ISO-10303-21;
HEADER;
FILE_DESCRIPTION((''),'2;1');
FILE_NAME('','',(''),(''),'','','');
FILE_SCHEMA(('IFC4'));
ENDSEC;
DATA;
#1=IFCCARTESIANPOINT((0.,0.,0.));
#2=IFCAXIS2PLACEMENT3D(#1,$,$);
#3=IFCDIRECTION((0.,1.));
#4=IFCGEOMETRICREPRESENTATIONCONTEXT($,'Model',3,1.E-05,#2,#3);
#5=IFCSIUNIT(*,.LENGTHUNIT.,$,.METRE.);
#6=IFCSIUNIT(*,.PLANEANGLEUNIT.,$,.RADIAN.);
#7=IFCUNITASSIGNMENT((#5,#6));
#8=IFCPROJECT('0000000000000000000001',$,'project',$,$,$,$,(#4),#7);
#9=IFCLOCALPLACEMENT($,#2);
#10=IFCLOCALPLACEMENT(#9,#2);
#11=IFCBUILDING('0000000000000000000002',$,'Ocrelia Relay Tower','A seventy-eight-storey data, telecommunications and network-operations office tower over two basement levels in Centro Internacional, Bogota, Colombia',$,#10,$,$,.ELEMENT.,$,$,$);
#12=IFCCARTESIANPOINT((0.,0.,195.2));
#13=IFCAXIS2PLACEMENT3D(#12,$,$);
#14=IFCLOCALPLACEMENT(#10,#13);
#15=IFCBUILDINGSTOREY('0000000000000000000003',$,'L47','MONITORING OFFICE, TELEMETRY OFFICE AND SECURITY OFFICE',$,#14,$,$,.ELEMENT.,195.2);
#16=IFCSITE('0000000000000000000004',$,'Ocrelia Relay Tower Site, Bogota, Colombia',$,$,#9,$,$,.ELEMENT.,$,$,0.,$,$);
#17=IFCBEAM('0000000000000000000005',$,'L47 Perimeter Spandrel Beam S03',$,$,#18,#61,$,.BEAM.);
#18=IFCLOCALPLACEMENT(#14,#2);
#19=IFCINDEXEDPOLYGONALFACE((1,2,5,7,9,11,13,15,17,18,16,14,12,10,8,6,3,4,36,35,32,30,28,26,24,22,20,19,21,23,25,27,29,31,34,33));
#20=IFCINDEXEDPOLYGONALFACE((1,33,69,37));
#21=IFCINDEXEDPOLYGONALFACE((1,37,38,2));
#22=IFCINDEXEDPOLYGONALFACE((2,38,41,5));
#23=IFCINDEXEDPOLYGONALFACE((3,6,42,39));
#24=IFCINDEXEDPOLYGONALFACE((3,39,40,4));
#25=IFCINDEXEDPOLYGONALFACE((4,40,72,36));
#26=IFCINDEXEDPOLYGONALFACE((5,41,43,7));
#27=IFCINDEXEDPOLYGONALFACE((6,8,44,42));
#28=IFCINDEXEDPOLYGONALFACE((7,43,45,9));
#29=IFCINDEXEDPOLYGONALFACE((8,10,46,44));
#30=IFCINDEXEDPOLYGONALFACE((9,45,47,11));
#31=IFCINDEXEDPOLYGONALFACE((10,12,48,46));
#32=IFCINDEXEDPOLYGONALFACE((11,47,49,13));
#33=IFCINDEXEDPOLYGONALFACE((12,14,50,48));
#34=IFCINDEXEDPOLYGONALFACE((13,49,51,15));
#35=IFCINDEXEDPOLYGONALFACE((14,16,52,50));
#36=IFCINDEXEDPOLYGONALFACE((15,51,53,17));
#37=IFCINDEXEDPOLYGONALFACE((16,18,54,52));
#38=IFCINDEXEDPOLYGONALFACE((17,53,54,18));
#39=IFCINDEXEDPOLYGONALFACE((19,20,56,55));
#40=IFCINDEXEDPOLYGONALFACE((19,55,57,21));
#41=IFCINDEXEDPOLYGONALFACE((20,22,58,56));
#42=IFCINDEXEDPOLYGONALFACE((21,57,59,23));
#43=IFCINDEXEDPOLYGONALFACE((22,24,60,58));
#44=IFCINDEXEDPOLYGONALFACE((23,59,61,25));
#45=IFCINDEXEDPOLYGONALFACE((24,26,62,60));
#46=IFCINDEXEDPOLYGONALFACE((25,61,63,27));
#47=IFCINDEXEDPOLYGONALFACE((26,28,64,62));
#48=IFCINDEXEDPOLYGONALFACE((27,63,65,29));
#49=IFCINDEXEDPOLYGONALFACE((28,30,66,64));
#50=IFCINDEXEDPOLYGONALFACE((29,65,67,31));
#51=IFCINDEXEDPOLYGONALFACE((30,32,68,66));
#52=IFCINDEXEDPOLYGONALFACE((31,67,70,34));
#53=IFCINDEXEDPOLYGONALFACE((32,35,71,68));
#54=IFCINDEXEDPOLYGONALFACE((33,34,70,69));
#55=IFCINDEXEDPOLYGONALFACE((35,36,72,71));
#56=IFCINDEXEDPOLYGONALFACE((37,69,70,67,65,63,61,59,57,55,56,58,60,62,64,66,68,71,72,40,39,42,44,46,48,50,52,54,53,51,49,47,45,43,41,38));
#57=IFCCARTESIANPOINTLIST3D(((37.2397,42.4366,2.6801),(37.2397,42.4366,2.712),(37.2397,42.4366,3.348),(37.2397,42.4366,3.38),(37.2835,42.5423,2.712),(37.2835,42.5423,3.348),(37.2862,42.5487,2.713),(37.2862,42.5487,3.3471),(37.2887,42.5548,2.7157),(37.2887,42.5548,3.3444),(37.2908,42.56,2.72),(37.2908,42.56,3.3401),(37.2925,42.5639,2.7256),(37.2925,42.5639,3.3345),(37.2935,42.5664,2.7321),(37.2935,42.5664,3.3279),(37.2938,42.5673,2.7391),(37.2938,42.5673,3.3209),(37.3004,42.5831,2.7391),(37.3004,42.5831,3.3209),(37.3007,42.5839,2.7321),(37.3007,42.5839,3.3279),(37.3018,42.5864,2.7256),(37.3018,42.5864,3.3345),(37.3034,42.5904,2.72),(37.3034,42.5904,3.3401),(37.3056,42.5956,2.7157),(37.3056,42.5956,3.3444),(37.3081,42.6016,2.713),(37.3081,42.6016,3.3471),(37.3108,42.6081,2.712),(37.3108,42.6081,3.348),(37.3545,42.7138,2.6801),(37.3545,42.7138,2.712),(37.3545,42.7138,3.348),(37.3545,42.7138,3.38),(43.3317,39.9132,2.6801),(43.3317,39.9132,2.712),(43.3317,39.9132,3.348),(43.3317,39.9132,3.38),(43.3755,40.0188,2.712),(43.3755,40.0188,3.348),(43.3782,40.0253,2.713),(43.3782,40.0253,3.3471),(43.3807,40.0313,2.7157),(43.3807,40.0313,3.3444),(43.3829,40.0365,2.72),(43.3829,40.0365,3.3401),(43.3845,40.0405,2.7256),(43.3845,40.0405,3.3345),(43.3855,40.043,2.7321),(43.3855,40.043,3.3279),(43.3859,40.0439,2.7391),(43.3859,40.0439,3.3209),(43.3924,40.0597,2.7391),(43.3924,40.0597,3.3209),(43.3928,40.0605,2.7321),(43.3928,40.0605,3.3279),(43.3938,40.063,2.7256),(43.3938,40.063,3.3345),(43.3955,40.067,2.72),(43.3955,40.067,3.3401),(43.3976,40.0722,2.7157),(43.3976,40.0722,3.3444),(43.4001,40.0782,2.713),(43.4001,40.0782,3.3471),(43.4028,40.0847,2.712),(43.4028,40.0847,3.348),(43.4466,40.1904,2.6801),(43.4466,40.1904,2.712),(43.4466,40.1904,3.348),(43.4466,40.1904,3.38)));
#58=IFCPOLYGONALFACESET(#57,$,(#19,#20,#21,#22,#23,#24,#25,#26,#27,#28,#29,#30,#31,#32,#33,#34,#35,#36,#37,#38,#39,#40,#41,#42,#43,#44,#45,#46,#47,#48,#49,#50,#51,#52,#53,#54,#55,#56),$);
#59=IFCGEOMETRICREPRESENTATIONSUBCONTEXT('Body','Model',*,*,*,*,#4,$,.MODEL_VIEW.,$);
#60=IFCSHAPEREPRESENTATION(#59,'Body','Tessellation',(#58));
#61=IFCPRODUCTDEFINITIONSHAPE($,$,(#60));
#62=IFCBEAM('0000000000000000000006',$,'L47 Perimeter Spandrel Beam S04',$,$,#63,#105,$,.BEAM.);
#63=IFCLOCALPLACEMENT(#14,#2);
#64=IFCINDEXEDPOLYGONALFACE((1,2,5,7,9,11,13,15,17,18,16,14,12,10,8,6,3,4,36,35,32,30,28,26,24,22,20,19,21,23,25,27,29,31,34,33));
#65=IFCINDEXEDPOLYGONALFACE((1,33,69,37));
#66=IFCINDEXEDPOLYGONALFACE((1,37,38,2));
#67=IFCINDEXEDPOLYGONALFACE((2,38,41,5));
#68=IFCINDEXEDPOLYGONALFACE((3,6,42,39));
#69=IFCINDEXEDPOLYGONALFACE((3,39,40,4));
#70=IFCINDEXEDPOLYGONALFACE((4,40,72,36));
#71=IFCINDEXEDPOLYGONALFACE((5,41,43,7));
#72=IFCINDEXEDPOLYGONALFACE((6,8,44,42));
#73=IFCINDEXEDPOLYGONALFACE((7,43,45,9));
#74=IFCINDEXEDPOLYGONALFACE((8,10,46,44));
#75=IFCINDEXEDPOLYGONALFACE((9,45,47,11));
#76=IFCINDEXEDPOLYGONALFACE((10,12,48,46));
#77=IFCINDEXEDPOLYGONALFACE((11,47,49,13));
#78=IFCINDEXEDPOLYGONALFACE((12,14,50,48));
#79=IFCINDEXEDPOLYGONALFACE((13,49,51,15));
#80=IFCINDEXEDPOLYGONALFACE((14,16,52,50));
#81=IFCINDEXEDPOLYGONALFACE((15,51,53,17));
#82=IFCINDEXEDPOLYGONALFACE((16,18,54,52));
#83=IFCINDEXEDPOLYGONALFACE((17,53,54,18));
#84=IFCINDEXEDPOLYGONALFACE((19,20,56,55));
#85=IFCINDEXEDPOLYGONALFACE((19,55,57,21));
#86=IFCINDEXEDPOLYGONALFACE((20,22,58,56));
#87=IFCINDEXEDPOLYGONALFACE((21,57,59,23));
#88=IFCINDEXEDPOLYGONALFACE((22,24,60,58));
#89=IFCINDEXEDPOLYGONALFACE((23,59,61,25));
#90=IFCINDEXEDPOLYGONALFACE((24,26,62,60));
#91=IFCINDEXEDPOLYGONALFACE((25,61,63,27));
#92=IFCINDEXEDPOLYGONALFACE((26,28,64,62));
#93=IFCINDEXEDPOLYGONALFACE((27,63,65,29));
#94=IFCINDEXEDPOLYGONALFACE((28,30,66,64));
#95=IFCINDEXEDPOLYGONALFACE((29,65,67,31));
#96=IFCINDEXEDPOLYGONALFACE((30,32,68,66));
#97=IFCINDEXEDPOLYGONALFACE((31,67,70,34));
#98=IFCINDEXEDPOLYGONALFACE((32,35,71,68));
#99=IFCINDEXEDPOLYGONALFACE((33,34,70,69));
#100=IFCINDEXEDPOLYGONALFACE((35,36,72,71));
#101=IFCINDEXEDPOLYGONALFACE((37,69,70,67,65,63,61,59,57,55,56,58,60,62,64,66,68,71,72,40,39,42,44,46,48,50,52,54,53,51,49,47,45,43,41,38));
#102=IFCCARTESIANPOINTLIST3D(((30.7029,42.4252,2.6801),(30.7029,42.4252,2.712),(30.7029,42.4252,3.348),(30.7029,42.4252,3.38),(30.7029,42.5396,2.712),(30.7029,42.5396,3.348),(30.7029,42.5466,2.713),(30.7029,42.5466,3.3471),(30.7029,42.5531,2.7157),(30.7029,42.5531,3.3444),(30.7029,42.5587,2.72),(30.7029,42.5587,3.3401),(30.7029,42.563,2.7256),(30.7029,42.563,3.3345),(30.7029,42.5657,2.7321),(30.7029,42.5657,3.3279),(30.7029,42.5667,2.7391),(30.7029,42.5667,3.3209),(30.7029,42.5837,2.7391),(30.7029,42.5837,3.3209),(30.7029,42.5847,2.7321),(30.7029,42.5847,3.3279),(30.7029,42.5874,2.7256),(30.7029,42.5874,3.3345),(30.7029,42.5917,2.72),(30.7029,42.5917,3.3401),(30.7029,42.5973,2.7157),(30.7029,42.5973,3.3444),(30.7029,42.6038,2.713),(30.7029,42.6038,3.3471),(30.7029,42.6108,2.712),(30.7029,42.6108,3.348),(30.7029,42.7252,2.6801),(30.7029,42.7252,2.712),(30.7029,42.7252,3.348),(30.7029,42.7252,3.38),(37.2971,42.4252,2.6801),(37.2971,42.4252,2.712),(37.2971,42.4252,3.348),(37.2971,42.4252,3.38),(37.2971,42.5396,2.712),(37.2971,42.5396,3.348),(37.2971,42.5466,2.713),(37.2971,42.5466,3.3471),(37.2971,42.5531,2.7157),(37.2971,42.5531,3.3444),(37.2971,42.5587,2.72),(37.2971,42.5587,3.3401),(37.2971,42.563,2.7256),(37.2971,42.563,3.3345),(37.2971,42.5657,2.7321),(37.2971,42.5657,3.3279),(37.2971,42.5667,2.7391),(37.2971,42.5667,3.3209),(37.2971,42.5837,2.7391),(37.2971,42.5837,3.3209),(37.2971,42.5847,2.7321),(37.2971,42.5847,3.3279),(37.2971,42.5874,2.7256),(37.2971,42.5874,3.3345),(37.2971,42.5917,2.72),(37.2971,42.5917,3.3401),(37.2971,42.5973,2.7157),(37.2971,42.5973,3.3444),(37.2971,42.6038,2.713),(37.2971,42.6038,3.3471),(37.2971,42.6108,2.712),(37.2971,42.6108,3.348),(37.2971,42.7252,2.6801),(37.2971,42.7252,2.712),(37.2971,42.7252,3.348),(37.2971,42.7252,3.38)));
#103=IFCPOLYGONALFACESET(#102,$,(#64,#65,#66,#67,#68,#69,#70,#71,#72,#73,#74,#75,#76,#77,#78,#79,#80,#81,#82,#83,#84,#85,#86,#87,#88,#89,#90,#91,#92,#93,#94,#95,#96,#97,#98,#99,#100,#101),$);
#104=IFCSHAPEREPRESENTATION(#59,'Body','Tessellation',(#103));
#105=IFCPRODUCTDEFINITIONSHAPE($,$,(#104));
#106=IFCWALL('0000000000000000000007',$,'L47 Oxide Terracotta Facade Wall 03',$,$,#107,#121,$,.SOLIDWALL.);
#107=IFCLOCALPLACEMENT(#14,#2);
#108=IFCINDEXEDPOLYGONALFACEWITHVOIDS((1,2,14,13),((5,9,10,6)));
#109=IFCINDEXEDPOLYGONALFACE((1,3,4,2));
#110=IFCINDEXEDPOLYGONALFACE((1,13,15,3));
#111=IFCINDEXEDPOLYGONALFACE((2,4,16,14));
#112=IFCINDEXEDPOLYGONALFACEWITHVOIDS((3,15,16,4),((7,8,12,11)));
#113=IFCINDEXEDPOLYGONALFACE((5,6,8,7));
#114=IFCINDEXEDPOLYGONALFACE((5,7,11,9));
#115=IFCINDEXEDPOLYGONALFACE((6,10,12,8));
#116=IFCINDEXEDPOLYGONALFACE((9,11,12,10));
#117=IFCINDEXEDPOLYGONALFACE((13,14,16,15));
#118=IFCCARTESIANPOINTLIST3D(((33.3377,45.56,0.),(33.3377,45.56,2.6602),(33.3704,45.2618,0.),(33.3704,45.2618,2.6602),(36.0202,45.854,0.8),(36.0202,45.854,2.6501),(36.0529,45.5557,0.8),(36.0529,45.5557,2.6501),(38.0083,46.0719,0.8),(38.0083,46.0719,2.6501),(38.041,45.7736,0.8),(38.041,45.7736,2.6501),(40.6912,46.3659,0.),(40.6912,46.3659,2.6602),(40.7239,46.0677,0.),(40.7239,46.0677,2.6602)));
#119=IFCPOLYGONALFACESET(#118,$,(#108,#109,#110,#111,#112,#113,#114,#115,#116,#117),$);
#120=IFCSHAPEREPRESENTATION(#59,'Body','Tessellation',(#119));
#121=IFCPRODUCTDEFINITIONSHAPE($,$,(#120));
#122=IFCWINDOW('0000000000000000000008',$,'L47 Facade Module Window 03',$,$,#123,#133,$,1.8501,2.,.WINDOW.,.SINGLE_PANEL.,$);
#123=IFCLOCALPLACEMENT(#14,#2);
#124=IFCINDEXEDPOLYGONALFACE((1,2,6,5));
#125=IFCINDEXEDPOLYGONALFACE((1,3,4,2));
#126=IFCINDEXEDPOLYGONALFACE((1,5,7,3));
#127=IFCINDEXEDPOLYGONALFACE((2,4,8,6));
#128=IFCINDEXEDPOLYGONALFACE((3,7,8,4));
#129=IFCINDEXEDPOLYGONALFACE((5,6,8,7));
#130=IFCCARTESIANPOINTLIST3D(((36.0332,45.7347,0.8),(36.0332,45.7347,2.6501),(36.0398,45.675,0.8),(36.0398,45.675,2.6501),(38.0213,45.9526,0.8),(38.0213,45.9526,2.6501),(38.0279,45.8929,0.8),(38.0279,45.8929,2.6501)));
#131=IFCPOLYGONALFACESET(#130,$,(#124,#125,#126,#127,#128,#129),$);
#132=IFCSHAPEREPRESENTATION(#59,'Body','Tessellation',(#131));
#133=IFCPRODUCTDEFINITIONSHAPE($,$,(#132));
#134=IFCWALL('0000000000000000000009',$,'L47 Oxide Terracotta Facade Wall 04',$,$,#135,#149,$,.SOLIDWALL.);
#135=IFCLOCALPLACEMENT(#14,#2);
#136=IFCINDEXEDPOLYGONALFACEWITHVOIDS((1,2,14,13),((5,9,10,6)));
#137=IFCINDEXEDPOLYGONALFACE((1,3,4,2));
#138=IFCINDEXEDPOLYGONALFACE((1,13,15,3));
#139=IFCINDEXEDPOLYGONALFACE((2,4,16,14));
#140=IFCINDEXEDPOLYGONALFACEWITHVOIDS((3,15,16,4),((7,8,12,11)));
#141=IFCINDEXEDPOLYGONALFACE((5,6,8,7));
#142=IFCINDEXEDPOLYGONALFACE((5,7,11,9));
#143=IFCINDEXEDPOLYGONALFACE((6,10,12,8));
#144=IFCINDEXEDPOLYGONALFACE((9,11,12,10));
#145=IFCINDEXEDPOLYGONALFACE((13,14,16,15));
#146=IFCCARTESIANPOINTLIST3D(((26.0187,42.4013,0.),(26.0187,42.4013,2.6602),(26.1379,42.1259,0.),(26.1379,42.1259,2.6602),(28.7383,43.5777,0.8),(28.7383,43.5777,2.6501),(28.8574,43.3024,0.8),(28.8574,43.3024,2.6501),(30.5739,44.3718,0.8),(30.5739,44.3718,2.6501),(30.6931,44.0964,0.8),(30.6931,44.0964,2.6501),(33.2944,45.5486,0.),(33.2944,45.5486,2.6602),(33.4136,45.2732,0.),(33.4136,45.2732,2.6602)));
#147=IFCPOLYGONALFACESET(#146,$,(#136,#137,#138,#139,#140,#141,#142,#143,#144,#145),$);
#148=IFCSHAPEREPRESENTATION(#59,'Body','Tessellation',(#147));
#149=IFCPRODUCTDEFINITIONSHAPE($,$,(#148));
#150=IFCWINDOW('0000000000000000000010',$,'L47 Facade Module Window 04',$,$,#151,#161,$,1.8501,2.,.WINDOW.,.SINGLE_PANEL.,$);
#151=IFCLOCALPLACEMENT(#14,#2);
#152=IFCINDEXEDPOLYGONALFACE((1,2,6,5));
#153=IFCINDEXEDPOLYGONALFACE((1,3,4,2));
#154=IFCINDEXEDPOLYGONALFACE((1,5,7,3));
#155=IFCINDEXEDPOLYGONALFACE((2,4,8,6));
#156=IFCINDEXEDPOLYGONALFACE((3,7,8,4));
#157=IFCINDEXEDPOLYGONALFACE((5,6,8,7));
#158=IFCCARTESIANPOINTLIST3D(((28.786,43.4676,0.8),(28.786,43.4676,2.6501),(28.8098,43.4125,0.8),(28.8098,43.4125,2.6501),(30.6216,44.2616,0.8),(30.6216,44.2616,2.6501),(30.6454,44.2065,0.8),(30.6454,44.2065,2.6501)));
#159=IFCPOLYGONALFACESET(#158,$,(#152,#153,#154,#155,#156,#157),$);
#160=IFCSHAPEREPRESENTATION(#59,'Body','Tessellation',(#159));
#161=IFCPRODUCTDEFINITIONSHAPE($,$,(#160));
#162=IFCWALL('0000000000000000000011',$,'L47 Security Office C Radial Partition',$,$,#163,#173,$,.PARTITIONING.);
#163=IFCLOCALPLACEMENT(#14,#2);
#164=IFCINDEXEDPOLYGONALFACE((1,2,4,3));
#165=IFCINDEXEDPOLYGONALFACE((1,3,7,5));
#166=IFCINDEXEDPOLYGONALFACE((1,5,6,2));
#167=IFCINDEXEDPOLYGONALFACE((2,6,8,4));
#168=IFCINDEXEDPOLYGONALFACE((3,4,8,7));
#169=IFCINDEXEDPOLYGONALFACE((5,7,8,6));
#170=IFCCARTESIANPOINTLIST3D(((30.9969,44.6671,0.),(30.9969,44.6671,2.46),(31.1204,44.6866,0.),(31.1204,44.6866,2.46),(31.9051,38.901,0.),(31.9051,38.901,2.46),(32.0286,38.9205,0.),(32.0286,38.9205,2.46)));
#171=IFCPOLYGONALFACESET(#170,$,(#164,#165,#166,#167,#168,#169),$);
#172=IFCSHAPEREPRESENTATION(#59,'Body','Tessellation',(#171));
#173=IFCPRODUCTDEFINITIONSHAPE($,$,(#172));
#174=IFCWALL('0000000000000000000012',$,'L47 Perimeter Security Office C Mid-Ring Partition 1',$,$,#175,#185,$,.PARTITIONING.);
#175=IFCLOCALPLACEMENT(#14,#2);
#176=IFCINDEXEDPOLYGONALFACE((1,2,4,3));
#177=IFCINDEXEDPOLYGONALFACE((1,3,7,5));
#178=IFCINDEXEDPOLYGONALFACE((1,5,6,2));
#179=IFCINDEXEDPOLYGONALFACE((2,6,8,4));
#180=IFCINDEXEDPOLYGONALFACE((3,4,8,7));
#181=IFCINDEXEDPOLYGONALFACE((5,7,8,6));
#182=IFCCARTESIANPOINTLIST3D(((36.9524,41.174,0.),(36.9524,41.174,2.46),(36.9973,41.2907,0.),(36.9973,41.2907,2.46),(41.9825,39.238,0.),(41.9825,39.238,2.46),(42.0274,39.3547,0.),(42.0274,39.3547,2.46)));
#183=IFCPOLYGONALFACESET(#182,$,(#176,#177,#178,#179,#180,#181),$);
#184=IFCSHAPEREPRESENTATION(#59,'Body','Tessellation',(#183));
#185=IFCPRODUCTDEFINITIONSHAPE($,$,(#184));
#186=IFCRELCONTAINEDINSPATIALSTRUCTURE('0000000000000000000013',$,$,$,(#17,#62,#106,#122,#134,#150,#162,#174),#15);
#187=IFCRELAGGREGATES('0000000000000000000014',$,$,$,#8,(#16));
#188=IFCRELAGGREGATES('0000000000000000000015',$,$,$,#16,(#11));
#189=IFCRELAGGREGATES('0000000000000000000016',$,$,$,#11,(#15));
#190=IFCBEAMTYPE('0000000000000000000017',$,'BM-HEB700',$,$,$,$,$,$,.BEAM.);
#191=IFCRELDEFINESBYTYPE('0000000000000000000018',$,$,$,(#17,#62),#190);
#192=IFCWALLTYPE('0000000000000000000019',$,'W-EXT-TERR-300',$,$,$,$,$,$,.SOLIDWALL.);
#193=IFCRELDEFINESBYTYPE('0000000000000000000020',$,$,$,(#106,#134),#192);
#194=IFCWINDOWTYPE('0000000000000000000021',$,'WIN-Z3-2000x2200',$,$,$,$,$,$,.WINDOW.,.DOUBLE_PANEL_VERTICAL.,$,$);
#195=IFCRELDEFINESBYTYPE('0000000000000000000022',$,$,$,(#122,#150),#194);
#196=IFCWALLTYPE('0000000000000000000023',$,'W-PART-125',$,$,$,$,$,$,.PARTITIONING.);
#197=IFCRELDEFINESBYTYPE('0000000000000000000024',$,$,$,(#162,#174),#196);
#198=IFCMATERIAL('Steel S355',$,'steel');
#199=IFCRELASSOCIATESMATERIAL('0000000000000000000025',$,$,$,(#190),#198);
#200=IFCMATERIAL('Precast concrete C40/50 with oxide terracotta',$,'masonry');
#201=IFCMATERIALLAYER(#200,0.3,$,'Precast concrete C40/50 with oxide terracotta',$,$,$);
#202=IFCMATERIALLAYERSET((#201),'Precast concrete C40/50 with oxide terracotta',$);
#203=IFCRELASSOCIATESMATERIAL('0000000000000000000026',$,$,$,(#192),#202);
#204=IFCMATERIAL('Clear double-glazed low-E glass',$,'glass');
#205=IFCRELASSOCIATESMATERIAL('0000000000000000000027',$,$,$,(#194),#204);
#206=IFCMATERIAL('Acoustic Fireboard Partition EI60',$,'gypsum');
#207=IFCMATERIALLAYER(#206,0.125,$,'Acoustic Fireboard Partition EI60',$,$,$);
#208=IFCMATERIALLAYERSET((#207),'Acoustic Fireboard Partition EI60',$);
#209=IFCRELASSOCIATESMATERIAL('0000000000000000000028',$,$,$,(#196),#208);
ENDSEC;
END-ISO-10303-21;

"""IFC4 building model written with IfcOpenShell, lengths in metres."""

from ifc_helpers import new_model, si_unit, direction, frame, frame_2d, origin, origin_2d, place, context, subcontext, project, spatial, rectangle, i_section, extrude, material, layer, layer_set, material_profile, profile_set, type_object, element, fill, save


model = new_model("IFC4")

# Units and contexts
model_context = context("Model", 3, precision=1e-05, world=origin(), true_north=direction((0.0, 1.0)))
body_context = subcontext(model_context, "Body", "Model", "MODEL_VIEW")
ifc_project = project(units=[si_unit("LENGTHUNIT", "METRE"), si_unit("PLANEANGLEUNIT", "RADIAN")], contexts=[model_context])

# Site, building, storey
site_placement = place(None, origin())
site = spatial("IfcSite", under=ifc_project, at=site_placement, Name="Ocrelia Relay Tower Site, Bogota, Colombia", CompositionType="ELEMENT", RefElevation=0.0)
building_placement = place(site_placement, origin())
building = spatial("IfcBuilding", under=site, at=building_placement, Name="Ocrelia Relay Tower", Description="A seventy-eight-storey data, telecommunications and network-operations office tower over two basement levels in Centro Internacional, Bogota, Colombia", CompositionType="ELEMENT")
storey_placement = place(building_placement, frame((0.0, 0.0, 195.2)))
storey = spatial("IfcBuildingStorey", under=building, at=storey_placement, Name="L47", Description="MONITORING OFFICE, TELEMETRY OFFICE AND SECURITY OFFICE", CompositionType="ELEMENT", Elevation=195.2)

# Beams
ifc_material_1 = material(Name="Steel S355", Category="steel")
ifc_material_profile_1 = material_profile(ifc_material_1, i_section(OverallWidth=0.3, OverallDepth=0.7, WebThickness=0.0171, FlangeThickness=0.032, FilletRadius=0.0271, at=origin_2d()), Name="HEB 700")
ifc_profile_set_1 = profile_set([ifc_material_profile_1], Name="Steel S355")
beam_type_1 = type_object("IfcBeamType", Name="BM-HEB700", PredefinedType="BEAM", material=ifc_profile_set_1)
beam_1_placement = place(storey_placement, frame((43.3892, 40.0518, 3.03), z_axis=(-0.923878, 0.382688, 0.0), x_axis=(-0.382688, -0.923878, 0.0)))
element("IfcBeam", 1, at=beam_1_placement, inside=storey, type_object=beam_type_1, Name="L47 Perimeter Spandrel Beam S03", PredefinedType="BEAM", context=body_context, shape_type="SweptSolid", body=[
    extrude(i_section(OverallWidth=0.3, OverallDepth=0.7, WebThickness=0.0171, FlangeThickness=0.032, FilletRadius=0.0271, at=origin_2d()), origin(), (0.0, 0.0, 1.0), 6.594),
])
beam_2_placement = place(storey_placement, frame((37.2971, 42.5752, 3.03), z_axis=(-1.0, 0.0, 0.0), x_axis=(0.0, -1.0, 0.0)))
element("IfcBeam", 2, at=beam_2_placement, inside=storey, type_object=beam_type_1, Name="L47 Perimeter Spandrel Beam S04", PredefinedType="BEAM", context=body_context, shape_type="SweptSolid", body=[
    extrude(i_section(OverallWidth=0.3, OverallDepth=0.7, WebThickness=0.0171, FlangeThickness=0.032, FilletRadius=0.0271, at=origin_2d()), origin(), (0.0, 0.0, 1.0), 6.5942),
])

# Walls, openings, windows
ifc_material_2 = material(Name="Precast concrete C40/50 with oxide terracotta", Category="masonry")
ifc_layer_1 = layer(ifc_material_2, 0.3, Name="Precast concrete C40/50 with oxide terracotta")
ifc_layer_set_1 = layer_set([ifc_layer_1], Name="Precast concrete C40/50 with oxide terracotta")
wall_type_1 = type_object("IfcWallType", Name="W-EXT-TERR-300", PredefinedType="SOLIDWALL", material=ifc_layer_set_1)
wall_1_placement = place(storey_placement, frame((40.7075, 46.2168, 0.0), z_axis=(0.0, 0.0, 1.0), x_axis=(-0.994048, -0.108943, 0.0)))
wall_1 = element("IfcWall", 3, at=wall_1_placement, inside=storey, type_object=wall_type_1, Name="L47 Oxide Terracotta Facade Wall 03", PredefinedType="SOLIDWALL", context=body_context, shape_type="SweptSolid", body=[
    extrude(rectangle(XDim=7.3975, YDim=0.3, at=frame_2d((3.6987, 0.0))), origin(), (0.0, 0.0, 1.0), 2.6602),
])
opening_1_placement = place(wall_1_placement, frame((2.699, 0.0, 0.8)))
opening_1 = element("IfcOpeningElement", 4, at=opening_1_placement, cuts=wall_1, PredefinedType="OPENING", context=body_context, shape_type="SweptSolid", body=[
    extrude(rectangle(XDim=2.0, YDim=1.8501, at=frame_2d((1.0, 0.925))), frame((0.0, 0.1602, 0.0), z_axis=(0.0, -1.0, 0.0), x_axis=(1.0, 0.0, 0.0)), (0.0, 0.0, 1.0), 0.3201),
])
ifc_material_3 = material(Name="Clear double-glazed low-E glass", Category="glass")
window_type = type_object("IfcWindowType", Name="WIN-Z3-2000x2200", PartitioningType="DOUBLE_PANEL_VERTICAL", PredefinedType="WINDOW", material=ifc_material_3)
window_1_placement = place(opening_1_placement, origin())
window_1 = element("IfcWindow", 5, at=window_1_placement, inside=storey, type_object=window_type, Name="L47 Facade Module Window 03", OverallHeight=1.8501, OverallWidth=2.0, PartitioningType="SINGLE_PANEL", PredefinedType="WINDOW", context=body_context, shape_type="SweptSolid", body=[
    extrude(rectangle(XDim=2.0, YDim=1.8501, at=frame_2d((1.0, 0.925))), frame((0.0, 0.03, 0.0), z_axis=(0.0, -1.0, 0.0), x_axis=(1.0, 0.0, 0.0)), (0.0, 0.0, 1.0), 0.0601),
])
fill(opening_1, window_1)
wall_2_placement = place(storey_placement, frame((33.354, 45.4109, 0.0), z_axis=(0.0, 0.0, 1.0), x_axis=(-0.917811, -0.397017, 0.0)))
wall_2 = element("IfcWall", 6, at=wall_2_placement, inside=storey, type_object=wall_type_1, Name="L47 Oxide Terracotta Facade Wall 04", PredefinedType="SOLIDWALL", context=body_context, shape_type="SweptSolid", body=[
    extrude(rectangle(XDim=7.9272, YDim=0.3, at=frame_2d((3.9636, 0.0))), origin(), (0.0, 0.0, 1.0), 2.6602),
])
opening_2_placement = place(wall_2_placement, frame((2.9641, 0.0, 0.8)))
opening_2 = element("IfcOpeningElement", 7, at=opening_2_placement, cuts=wall_2, PredefinedType="OPENING", context=body_context, shape_type="SweptSolid", body=[
    extrude(rectangle(XDim=2.0, YDim=1.8501, at=frame_2d((1.0, 0.925))), frame((0.0, 0.1602, 0.0), z_axis=(0.0, -1.0, 0.0), x_axis=(1.0, 0.0, 0.0)), (0.0, 0.0, 1.0), 0.3201),
])
window_2_placement = place(opening_2_placement, origin())
window_2 = element("IfcWindow", 8, at=window_2_placement, inside=storey, type_object=window_type, Name="L47 Facade Module Window 04", OverallHeight=1.8501, OverallWidth=2.0, PartitioningType="SINGLE_PANEL", PredefinedType="WINDOW", context=body_context, shape_type="SweptSolid", body=[
    extrude(rectangle(XDim=2.0, YDim=1.8501, at=frame_2d((1.0, 0.925))), frame((0.0, 0.03, 0.0), z_axis=(0.0, -1.0, 0.0), x_axis=(1.0, 0.0, 0.0)), (0.0, 0.0, 1.0), 0.0601),
])
fill(opening_2, window_2)

# Walls
ifc_material_4 = material(Name="Acoustic Fireboard Partition EI60", Category="gypsum")
ifc_layer_2 = layer(ifc_material_4, 0.125, Name="Acoustic Fireboard Partition EI60")
ifc_layer_set_2 = layer_set([ifc_layer_2], Name="Acoustic Fireboard Partition EI60")
wall_type_2 = type_object("IfcWallType", Name="W-PART-125", PredefinedType="PARTITIONING", material=ifc_layer_set_2)
wall_3_placement = place(storey_placement, frame((31.9668, 38.9109, 0.0), z_axis=(0.0, 0.0, 1.0), x_axis=(-0.155589, 0.987822, 0.0)))
element("IfcWall", 9, at=wall_3_placement, inside=storey, type_object=wall_type_2, Name="L47 Security Office C Radial Partition", PredefinedType="PARTITIONING", context=body_context, shape_type="SweptSolid", body=[
    extrude(rectangle(XDim=5.8372, YDim=0.125, at=frame_2d((2.9185, 0.0))), origin(), (0.0, 0.0, 1.0), 2.46),
])
wall_4_placement = place(storey_placement, frame((42.0049, 39.2964, 0.0), z_axis=(0.0, 0.0, 1.0), x_axis=(-0.933264, 0.359192, 0.0)))
element("IfcWall", 10, at=wall_4_placement, inside=storey, type_object=wall_type_2, Name="L47 Perimeter Security Office C Mid-Ring Partition 1", PredefinedType="PARTITIONING", context=body_context, shape_type="SweptSolid", body=[
    extrude(rectangle(XDim=5.3899, YDim=0.125, at=frame_2d((2.6948, 0.0))), origin(), (0.0, 0.0, 1.0), 2.46),
])

save(model, "model.ifc")
